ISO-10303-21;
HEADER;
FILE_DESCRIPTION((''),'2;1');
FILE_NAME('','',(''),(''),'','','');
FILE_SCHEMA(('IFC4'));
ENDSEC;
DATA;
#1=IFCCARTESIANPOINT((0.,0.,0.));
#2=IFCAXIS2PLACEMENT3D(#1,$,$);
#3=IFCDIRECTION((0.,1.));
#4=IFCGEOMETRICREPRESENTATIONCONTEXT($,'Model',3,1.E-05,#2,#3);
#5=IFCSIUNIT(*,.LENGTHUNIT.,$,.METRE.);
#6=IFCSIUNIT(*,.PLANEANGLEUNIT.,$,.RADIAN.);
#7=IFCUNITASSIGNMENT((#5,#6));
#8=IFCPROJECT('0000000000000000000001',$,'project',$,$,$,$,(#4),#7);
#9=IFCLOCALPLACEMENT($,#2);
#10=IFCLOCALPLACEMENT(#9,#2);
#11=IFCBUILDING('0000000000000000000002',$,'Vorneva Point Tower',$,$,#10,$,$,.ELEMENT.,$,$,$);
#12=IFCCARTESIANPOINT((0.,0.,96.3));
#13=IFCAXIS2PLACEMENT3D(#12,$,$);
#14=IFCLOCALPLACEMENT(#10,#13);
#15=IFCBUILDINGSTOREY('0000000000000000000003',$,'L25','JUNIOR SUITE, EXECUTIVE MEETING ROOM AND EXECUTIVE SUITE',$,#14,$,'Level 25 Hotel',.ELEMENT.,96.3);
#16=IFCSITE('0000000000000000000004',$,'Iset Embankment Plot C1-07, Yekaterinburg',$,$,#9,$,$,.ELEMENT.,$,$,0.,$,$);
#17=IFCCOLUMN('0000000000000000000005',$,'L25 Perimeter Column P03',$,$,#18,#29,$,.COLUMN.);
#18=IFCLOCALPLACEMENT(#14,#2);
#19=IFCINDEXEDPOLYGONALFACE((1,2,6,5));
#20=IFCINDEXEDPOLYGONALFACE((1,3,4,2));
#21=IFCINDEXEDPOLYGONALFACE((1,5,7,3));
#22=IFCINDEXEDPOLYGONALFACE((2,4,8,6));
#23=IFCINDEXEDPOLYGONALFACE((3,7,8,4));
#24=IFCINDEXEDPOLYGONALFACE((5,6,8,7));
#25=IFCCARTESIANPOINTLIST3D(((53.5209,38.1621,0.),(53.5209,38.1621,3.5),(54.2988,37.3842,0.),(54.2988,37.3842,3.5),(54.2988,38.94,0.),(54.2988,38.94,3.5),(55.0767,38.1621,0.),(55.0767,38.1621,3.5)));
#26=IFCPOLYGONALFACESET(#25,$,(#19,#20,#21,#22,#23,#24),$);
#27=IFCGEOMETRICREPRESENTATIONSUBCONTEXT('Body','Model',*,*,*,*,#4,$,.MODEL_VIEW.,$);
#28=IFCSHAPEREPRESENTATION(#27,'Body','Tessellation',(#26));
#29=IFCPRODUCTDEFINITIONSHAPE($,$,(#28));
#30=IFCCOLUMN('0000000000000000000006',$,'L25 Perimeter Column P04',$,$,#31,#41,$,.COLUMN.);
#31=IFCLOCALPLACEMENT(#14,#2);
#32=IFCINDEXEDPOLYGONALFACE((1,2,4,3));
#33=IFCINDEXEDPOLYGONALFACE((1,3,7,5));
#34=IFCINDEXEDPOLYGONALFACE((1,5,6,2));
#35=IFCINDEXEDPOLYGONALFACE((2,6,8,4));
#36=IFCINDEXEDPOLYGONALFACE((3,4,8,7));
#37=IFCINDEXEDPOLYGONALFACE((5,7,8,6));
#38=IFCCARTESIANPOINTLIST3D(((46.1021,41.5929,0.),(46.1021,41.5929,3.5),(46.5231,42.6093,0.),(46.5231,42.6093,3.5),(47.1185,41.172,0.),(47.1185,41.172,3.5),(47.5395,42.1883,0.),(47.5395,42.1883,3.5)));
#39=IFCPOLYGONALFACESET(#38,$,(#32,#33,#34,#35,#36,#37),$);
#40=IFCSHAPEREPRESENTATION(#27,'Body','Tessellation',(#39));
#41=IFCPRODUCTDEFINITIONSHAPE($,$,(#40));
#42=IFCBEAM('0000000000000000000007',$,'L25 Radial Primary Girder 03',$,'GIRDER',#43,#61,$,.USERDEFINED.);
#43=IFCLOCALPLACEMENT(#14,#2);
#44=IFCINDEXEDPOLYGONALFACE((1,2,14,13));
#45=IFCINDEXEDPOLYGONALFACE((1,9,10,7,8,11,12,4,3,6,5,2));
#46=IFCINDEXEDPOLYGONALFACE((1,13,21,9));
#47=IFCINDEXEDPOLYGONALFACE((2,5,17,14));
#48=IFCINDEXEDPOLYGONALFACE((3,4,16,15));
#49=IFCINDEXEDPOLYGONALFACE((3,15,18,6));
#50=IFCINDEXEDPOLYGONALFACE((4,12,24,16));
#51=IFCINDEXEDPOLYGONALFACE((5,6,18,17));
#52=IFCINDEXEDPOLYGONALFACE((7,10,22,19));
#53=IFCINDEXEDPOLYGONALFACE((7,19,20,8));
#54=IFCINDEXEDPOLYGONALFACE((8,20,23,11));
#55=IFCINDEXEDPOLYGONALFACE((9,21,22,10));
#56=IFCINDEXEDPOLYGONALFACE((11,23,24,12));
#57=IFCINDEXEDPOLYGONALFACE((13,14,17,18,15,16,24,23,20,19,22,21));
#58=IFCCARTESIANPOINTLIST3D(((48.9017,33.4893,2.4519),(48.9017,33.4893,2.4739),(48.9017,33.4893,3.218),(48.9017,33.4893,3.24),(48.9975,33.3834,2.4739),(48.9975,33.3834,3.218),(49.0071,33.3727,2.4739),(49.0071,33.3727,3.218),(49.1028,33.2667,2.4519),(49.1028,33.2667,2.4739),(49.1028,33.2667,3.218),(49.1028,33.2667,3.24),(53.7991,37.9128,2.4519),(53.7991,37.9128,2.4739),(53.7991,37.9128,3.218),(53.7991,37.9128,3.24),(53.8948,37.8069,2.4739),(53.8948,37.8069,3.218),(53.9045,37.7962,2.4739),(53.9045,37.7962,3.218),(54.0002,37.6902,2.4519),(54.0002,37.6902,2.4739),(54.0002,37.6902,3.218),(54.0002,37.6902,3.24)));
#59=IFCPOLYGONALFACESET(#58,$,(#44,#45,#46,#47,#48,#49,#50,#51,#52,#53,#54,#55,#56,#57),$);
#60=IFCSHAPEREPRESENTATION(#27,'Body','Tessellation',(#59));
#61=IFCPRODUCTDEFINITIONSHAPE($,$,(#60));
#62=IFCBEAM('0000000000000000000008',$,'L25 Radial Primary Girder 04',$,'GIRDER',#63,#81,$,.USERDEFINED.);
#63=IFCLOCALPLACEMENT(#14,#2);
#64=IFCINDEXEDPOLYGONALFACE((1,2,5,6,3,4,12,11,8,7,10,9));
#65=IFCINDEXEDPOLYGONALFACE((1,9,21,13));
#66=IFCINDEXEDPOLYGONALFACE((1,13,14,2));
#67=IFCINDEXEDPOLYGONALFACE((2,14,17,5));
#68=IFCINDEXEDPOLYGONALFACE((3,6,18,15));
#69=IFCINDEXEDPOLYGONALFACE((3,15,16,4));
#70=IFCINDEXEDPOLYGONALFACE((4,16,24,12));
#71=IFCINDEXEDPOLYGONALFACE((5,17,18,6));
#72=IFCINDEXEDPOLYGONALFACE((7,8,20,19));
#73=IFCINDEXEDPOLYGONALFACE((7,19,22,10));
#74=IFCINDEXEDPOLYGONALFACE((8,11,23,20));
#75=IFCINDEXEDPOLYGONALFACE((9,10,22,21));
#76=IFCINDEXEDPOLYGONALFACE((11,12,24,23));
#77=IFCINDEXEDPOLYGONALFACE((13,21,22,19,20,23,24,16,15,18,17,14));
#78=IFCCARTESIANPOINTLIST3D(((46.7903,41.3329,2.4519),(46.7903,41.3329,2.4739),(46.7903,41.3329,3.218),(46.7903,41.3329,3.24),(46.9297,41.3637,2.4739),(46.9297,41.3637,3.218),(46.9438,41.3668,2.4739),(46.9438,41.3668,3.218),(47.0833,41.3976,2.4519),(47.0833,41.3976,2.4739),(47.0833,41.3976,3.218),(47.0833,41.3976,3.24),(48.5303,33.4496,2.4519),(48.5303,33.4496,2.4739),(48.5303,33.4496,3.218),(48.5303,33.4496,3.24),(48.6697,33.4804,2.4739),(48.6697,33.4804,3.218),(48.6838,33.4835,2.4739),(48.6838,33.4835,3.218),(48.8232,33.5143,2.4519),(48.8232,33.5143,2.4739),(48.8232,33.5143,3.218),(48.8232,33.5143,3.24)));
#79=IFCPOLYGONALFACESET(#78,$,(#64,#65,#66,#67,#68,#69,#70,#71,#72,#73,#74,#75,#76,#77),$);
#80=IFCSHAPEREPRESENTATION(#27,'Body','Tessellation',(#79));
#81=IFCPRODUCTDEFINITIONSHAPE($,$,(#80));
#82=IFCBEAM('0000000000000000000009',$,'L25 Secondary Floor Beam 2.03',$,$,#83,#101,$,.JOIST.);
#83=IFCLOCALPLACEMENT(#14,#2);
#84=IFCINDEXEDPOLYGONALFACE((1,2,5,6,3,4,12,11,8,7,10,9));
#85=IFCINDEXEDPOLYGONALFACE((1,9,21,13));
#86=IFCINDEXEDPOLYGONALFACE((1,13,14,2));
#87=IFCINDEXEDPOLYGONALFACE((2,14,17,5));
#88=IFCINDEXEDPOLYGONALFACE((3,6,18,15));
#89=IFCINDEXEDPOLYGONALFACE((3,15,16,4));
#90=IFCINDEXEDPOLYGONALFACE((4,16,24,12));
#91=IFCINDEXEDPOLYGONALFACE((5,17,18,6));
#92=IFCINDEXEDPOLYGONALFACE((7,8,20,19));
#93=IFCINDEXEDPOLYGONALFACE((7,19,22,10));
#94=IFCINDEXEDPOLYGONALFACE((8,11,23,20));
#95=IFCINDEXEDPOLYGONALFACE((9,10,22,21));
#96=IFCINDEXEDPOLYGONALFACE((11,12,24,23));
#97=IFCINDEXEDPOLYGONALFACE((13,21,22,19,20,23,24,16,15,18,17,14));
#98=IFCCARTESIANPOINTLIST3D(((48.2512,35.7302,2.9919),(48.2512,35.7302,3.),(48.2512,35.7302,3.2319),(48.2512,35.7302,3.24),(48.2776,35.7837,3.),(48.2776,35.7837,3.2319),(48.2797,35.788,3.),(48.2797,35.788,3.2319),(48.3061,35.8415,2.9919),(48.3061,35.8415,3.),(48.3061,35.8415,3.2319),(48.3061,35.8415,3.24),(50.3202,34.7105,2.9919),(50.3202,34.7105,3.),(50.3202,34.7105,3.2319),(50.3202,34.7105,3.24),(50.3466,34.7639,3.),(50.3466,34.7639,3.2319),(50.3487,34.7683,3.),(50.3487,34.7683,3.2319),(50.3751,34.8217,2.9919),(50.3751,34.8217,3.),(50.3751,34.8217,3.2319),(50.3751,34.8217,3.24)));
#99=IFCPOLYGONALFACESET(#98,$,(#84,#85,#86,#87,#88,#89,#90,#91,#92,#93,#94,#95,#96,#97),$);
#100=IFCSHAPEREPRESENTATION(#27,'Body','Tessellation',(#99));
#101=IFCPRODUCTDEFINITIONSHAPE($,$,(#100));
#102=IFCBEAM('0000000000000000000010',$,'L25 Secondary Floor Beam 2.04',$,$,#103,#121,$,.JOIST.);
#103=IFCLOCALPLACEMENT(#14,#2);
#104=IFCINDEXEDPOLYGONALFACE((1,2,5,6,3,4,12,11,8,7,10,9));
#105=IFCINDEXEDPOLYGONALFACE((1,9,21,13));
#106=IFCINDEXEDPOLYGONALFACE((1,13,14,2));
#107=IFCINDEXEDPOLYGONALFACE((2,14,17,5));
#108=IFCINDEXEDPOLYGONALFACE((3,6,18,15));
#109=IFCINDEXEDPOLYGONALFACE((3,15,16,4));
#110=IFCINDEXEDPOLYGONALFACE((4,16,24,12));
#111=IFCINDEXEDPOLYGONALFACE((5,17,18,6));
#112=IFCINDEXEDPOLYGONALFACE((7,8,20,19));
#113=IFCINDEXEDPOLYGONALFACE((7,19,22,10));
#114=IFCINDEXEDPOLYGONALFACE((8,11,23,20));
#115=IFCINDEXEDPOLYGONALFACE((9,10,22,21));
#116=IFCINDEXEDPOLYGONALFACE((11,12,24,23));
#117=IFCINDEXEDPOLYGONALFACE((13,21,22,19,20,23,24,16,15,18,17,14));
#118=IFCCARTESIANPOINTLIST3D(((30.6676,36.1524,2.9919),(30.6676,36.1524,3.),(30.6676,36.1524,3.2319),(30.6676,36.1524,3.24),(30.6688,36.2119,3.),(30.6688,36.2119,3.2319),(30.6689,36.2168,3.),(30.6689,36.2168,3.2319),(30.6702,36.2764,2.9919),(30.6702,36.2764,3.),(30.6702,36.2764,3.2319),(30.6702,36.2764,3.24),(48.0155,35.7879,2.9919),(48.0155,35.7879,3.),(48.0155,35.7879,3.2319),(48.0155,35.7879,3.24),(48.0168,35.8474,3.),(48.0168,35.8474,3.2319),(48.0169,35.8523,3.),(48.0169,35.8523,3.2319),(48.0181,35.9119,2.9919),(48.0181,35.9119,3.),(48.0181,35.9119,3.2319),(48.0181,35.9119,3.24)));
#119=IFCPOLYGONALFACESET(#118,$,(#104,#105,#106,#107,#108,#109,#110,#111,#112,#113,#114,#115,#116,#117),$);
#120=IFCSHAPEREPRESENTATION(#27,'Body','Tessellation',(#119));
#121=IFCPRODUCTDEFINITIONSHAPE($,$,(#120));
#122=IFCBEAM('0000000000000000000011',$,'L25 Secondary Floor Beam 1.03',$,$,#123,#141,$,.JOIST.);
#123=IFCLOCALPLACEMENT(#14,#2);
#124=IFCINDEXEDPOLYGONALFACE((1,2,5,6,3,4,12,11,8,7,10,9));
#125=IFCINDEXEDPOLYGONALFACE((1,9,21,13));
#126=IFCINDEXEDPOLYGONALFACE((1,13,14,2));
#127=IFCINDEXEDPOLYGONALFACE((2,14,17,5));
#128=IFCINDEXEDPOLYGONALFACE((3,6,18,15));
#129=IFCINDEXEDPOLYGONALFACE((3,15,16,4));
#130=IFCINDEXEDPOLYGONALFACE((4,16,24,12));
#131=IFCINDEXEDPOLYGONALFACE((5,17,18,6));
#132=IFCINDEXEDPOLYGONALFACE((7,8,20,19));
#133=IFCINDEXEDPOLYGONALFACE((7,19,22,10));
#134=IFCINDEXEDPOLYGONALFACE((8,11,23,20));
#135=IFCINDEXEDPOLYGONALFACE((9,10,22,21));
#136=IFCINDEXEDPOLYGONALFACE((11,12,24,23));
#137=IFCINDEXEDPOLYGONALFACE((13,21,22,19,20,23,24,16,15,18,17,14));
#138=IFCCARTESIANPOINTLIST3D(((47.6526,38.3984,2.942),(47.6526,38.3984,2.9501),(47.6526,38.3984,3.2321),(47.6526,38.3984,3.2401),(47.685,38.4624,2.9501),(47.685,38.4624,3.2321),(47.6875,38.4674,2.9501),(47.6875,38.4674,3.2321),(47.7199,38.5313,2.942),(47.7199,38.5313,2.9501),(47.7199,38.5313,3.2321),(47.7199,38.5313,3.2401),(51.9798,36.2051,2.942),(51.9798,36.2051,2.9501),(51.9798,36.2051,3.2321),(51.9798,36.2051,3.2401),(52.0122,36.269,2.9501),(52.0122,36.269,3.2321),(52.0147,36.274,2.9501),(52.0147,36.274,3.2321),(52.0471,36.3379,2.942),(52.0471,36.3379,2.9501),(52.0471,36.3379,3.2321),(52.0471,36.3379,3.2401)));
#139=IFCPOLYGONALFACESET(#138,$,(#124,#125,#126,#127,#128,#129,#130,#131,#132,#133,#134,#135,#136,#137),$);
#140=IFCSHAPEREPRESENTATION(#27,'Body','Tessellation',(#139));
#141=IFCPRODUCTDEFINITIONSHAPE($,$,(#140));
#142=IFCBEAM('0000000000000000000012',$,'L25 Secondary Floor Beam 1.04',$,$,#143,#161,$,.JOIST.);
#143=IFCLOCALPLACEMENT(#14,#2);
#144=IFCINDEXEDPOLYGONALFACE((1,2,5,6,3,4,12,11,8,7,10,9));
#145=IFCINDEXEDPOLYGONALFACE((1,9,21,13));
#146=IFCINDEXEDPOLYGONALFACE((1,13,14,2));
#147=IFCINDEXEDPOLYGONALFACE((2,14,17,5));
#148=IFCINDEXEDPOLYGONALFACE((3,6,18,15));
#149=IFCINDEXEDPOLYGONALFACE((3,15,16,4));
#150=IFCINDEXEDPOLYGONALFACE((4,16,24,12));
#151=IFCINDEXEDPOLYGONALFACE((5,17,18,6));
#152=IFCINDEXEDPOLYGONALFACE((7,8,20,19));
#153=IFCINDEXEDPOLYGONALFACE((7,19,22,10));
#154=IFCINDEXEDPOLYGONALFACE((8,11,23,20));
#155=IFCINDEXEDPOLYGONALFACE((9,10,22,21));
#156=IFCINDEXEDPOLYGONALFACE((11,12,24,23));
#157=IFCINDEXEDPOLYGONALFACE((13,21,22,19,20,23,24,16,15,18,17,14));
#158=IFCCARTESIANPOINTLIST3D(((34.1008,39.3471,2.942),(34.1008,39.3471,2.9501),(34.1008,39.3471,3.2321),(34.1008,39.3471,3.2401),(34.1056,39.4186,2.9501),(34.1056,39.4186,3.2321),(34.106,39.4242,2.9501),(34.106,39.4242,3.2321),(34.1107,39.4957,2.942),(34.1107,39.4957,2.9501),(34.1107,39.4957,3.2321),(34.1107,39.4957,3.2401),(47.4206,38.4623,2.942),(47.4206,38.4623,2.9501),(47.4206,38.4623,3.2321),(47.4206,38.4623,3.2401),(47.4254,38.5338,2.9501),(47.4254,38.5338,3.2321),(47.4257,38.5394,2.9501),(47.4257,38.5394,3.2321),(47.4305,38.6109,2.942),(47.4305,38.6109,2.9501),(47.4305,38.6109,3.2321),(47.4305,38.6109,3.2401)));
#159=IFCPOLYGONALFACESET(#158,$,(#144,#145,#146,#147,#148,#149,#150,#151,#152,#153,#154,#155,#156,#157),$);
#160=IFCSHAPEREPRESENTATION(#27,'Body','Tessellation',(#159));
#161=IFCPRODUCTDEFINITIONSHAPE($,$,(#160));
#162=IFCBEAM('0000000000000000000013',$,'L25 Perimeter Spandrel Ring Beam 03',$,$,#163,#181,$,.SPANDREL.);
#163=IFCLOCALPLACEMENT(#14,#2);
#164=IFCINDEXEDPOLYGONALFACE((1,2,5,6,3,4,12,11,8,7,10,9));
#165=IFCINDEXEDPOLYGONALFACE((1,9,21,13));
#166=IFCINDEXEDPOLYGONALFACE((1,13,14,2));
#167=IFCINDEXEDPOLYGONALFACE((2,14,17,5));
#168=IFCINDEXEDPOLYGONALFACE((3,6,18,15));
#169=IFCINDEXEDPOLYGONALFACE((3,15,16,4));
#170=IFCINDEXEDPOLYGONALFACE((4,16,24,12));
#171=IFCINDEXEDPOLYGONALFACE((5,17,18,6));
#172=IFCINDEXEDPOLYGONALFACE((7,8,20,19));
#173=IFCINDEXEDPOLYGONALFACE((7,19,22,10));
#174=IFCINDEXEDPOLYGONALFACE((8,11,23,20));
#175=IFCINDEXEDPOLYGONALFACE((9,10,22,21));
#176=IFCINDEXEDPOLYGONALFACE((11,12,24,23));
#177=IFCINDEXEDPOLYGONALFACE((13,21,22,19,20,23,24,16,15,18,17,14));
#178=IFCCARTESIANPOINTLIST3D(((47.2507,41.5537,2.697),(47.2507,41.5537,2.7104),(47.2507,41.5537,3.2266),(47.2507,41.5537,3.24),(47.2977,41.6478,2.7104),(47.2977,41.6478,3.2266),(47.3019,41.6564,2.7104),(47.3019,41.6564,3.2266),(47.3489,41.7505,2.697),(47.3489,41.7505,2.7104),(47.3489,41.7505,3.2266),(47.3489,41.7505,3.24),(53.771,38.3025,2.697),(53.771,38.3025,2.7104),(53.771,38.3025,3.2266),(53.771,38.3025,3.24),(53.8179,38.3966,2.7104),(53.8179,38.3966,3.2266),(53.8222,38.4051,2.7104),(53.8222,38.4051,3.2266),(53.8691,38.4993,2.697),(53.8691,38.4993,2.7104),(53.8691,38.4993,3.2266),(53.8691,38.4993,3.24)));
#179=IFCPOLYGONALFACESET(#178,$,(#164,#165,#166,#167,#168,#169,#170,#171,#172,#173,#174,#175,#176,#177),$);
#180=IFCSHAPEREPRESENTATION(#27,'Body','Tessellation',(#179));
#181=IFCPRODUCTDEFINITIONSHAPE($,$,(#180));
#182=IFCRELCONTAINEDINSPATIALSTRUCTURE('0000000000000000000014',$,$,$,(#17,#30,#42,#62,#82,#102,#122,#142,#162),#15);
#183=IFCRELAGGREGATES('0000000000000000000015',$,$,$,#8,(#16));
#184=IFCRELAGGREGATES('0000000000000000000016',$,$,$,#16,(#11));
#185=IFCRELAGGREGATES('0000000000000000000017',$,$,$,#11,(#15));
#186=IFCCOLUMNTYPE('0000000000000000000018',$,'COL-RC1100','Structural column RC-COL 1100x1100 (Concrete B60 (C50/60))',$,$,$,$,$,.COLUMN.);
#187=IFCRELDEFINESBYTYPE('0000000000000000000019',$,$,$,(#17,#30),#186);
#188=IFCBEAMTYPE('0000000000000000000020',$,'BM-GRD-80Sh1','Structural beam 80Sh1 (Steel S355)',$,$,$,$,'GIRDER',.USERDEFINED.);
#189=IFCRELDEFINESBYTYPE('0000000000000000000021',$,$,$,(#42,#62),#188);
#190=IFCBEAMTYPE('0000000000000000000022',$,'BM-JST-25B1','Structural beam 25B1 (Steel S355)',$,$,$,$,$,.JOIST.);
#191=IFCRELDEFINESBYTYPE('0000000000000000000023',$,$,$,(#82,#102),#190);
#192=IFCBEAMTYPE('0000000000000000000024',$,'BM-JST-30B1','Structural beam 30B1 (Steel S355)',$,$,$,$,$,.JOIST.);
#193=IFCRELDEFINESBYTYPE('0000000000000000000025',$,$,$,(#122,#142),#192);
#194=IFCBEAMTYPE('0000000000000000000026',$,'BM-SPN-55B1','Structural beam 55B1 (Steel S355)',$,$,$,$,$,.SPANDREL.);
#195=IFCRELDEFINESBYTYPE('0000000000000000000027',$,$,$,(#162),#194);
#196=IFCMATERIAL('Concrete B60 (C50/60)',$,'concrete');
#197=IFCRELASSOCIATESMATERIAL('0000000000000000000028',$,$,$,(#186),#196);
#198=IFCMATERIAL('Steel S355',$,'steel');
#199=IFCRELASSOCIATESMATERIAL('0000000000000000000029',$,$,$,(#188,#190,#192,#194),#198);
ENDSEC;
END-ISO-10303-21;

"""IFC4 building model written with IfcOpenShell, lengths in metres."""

from ifc_helpers import new_model, si_unit, direction, frame, origin, origin_2d, place, context, subcontext, project, spatial, rectangle, i_section, extrude, material, material_profile, profile_set, type_object, element, save


model = new_model("IFC4")

# Units and contexts
model_context = context("Model", 3, precision=1e-05, world=origin(), true_north=direction((0.0, 1.0)))
body_context = subcontext(model_context, "Body", "Model", "MODEL_VIEW")
ifc_project = project(units=[si_unit("LENGTHUNIT", "METRE"), si_unit("PLANEANGLEUNIT", "RADIAN")], contexts=[model_context])

# Site, building, storey
site_placement = place(None, origin())
site = spatial("IfcSite", under=ifc_project, at=site_placement, Name="Iset Embankment Plot C1-07, Yekaterinburg", CompositionType="ELEMENT", RefElevation=0.0)
building_placement = place(site_placement, origin())
building = spatial("IfcBuilding", under=site, at=building_placement, Name="Vorneva Point Tower", CompositionType="ELEMENT")
storey_placement = place(building_placement, frame((0.0, 0.0, 96.3)))
storey = spatial("IfcBuildingStorey", under=building, at=storey_placement, Name="L25", Description="JUNIOR SUITE, EXECUTIVE MEETING ROOM AND EXECUTIVE SUITE", LongName="Level 25 Hotel", CompositionType="ELEMENT", Elevation=96.3)

# Columns
ifc_material_1 = material(Name="Concrete B60 (C50/60)", Category="concrete")
ifc_material_profile_1 = material_profile(ifc_material_1, rectangle(XDim=1.1001, YDim=1.1001, at=origin_2d()), Name="RC-COL 1100x1100")
ifc_profile_set_1 = profile_set([ifc_material_profile_1], Name="Concrete B60 (C50/60)")
column_type = type_object("IfcColumnType", Name="COL-RC1100", Description="Structural column RC-COL 1100x1100 (Concrete B60 (C50/60))", PredefinedType="COLUMN", material=ifc_profile_set_1)
for number, where, z_axis, x_axis, name in (
    (1, (54.2988, 38.1621, 0.0), (0.0, 0.0, 1.0), (0.707107, 0.707107, 0.0), "L25 Perimeter Column P03"),
    (2, (46.8208, 41.8906, 0.0), (0.0, 0.0, 1.0), (0.382683, 0.92388, 0.0), "L25 Perimeter Column P04"),
):
    element("IfcColumn", number, at=place(storey_placement, frame(where, z_axis=z_axis, x_axis=x_axis)), inside=storey, type_object=column_type, Name=name, PredefinedType="COLUMN", context=body_context, shape_type="SweptSolid", body=[
        extrude(rectangle(XDim=1.1001, YDim=1.1001, at=origin_2d()), origin(), (0.0, 0.0, 1.0), 3.5),
    ])

# Beams
ifc_material_2 = material(Name="Steel S355", Category="steel")
ifc_material_profile_2 = material_profile(ifc_material_2, i_section(OverallWidth=0.3, OverallDepth=0.7881, WebThickness=0.0144, FlangeThickness=0.022, at=origin_2d()), Name="80Sh1")
ifc_profile_set_2 = profile_set([ifc_material_profile_2], Name="Steel S355")
beam_type_1 = type_object("IfcBeamType", Name="BM-GRD-80Sh1", Description="Structural beam 80Sh1 (Steel S355)", ElementType="GIRDER", PredefinedType="USERDEFINED", material=ifc_profile_set_2)
beam_1_placement = place(storey_placement, frame((53.8997, 37.8015, 2.8459), z_axis=(-0.742097, -0.670292, 0.0), x_axis=(0.670292, -0.742097, 0.0)))
element("IfcBeam", 3, at=beam_1_placement, inside=storey, type_object=beam_type_1, Name="L25 Radial Primary Girder 03", ObjectType="GIRDER", PredefinedType="USERDEFINED", context=body_context, shape_type="SweptSolid", body=[
    extrude(i_section(OverallWidth=0.3, OverallDepth=0.7881, WebThickness=0.0144, FlangeThickness=0.022, at=origin_2d()), origin(), (0.0, 0.0, 1.0), 6.5994),
])
beam_2_placement = place(storey_placement, frame((46.9368, 41.3652, 2.8459), z_axis=(0.215531, -0.976497, 0.0), x_axis=(0.976497, 0.215531, 0.0)))
element("IfcBeam", 4, at=beam_2_placement, inside=storey, type_object=beam_type_1, Name="L25 Radial Primary Girder 04", ObjectType="GIRDER", PredefinedType="USERDEFINED", context=body_context, shape_type="SweptSolid", body=[
    extrude(i_section(OverallWidth=0.3, OverallDepth=0.7881, WebThickness=0.0144, FlangeThickness=0.022, at=origin_2d()), origin(), (0.0, 0.0, 1.0), 8.073),
])
ifc_material_profile_3 = material_profile(ifc_material_2, i_section(OverallWidth=0.124, OverallDepth=0.248, WebThickness=0.0049, FlangeThickness=0.0081, at=origin_2d()), Name="25B1")
ifc_profile_set_3 = profile_set([ifc_material_profile_3], Name="Steel S355")
beam_type_2 = type_object("IfcBeamType", Name="BM-JST-25B1", Description="Structural beam 25B1 (Steel S355)", PredefinedType="JOIST", material=ifc_profile_set_3)
beam_3_placement = place(storey_placement, frame((50.3477, 34.7661, 3.116), z_axis=(-0.896974, 0.442084, 0.0), x_axis=(-0.442084, -0.896974, 0.0)))
element("IfcBeam", 5, at=beam_3_placement, inside=storey, type_object=beam_type_2, Name="L25 Secondary Floor Beam 2.03", PredefinedType="JOIST", context=body_context, shape_type="SweptSolid", body=[
    extrude(i_section(OverallWidth=0.124, OverallDepth=0.248, WebThickness=0.0049, FlangeThickness=0.0081, at=origin_2d()), origin(), (0.0, 0.0, 1.0), 2.3066),
])
beam_4_placement = place(storey_placement, frame((48.0168, 35.8499, 3.116), z_axis=(-0.999779, 0.021007, 0.0), x_axis=(-0.021007, -0.999779, 0.0)))
element("IfcBeam", 6, at=beam_4_placement, inside=storey, type_object=beam_type_2, Name="L25 Secondary Floor Beam 2.04", PredefinedType="JOIST", context=body_context, shape_type="SweptSolid", body=[
    extrude(i_section(OverallWidth=0.124, OverallDepth=0.248, WebThickness=0.0049, FlangeThickness=0.0081, at=origin_2d()), origin(), (0.0, 0.0, 1.0), 17.3518),
])
ifc_material_profile_4 = material_profile(ifc_material_2, i_section(OverallWidth=0.1489, OverallDepth=0.2981, WebThickness=0.0056, FlangeThickness=0.0081, at=origin_2d()), Name="30B1")
ifc_profile_set_4 = profile_set([ifc_material_profile_4], Name="Steel S355")
beam_type_3 = type_object("IfcBeamType", Name="BM-JST-30B1", Description="Structural beam 30B1 (Steel S355)", PredefinedType="JOIST", material=ifc_profile_set_4)
beam_5_placement = place(storey_placement, frame((52.0134, 36.2715, 3.0911), z_axis=(-0.891958, 0.452119, 0.0), x_axis=(-0.452119, -0.891958, 0.0)))
element("IfcBeam", 7, at=beam_5_placement, inside=storey, type_object=beam_type_3, Name="L25 Secondary Floor Beam 1.03", PredefinedType="JOIST", context=body_context, shape_type="SweptSolid", body=[
    extrude(i_section(OverallWidth=0.1489, OverallDepth=0.2981, WebThickness=0.0056, FlangeThickness=0.0081, at=origin_2d()), origin(), (0.0, 0.0, 1.0), 4.8513),
])
beam_6_placement = place(storey_placement, frame((47.4255, 38.5366, 3.0911), z_axis=(-0.997801, 0.066279, 0.0), x_axis=(-0.066279, -0.997801, 0.0)))
element("IfcBeam", 8, at=beam_6_placement, inside=storey, type_object=beam_type_3, Name="L25 Secondary Floor Beam 1.04", PredefinedType="JOIST", context=body_context, shape_type="SweptSolid", body=[
    extrude(i_section(OverallWidth=0.1489, OverallDepth=0.2981, WebThickness=0.0056, FlangeThickness=0.0081, at=origin_2d()), origin(), (0.0, 0.0, 1.0), 13.3491),
])
ifc_material_profile_5 = material_profile(ifc_material_2, i_section(OverallWidth=0.22, OverallDepth=0.543, WebThickness=0.0095, FlangeThickness=0.0134, at=origin_2d()), Name="55B1")
ifc_profile_set_5 = profile_set([ifc_material_profile_5], Name="Steel S355")
beam_type_4 = type_object("IfcBeamType", Name="BM-SPN-55B1", Description="Structural beam 55B1 (Steel S355)", PredefinedType="SPANDREL", material=ifc_profile_set_5)
beam_7_placement = place(storey_placement, frame((53.8201, 38.4009, 2.9685), z_axis=(-0.894916, 0.446235, 0.0), x_axis=(-0.446235, -0.894916, 0.0)))
element("IfcBeam", 9, at=beam_7_placement, inside=storey, type_object=beam_type_4, Name="L25 Perimeter Spandrel Ring Beam 03", PredefinedType="SPANDREL", context=body_context, shape_type="SweptSolid", body=[
    extrude(i_section(OverallWidth=0.22, OverallDepth=0.543, WebThickness=0.0095, FlangeThickness=0.0134, at=origin_2d()), origin(), (0.0, 0.0, 1.0), 7.2859),
])

save(model, "model.ifc")
